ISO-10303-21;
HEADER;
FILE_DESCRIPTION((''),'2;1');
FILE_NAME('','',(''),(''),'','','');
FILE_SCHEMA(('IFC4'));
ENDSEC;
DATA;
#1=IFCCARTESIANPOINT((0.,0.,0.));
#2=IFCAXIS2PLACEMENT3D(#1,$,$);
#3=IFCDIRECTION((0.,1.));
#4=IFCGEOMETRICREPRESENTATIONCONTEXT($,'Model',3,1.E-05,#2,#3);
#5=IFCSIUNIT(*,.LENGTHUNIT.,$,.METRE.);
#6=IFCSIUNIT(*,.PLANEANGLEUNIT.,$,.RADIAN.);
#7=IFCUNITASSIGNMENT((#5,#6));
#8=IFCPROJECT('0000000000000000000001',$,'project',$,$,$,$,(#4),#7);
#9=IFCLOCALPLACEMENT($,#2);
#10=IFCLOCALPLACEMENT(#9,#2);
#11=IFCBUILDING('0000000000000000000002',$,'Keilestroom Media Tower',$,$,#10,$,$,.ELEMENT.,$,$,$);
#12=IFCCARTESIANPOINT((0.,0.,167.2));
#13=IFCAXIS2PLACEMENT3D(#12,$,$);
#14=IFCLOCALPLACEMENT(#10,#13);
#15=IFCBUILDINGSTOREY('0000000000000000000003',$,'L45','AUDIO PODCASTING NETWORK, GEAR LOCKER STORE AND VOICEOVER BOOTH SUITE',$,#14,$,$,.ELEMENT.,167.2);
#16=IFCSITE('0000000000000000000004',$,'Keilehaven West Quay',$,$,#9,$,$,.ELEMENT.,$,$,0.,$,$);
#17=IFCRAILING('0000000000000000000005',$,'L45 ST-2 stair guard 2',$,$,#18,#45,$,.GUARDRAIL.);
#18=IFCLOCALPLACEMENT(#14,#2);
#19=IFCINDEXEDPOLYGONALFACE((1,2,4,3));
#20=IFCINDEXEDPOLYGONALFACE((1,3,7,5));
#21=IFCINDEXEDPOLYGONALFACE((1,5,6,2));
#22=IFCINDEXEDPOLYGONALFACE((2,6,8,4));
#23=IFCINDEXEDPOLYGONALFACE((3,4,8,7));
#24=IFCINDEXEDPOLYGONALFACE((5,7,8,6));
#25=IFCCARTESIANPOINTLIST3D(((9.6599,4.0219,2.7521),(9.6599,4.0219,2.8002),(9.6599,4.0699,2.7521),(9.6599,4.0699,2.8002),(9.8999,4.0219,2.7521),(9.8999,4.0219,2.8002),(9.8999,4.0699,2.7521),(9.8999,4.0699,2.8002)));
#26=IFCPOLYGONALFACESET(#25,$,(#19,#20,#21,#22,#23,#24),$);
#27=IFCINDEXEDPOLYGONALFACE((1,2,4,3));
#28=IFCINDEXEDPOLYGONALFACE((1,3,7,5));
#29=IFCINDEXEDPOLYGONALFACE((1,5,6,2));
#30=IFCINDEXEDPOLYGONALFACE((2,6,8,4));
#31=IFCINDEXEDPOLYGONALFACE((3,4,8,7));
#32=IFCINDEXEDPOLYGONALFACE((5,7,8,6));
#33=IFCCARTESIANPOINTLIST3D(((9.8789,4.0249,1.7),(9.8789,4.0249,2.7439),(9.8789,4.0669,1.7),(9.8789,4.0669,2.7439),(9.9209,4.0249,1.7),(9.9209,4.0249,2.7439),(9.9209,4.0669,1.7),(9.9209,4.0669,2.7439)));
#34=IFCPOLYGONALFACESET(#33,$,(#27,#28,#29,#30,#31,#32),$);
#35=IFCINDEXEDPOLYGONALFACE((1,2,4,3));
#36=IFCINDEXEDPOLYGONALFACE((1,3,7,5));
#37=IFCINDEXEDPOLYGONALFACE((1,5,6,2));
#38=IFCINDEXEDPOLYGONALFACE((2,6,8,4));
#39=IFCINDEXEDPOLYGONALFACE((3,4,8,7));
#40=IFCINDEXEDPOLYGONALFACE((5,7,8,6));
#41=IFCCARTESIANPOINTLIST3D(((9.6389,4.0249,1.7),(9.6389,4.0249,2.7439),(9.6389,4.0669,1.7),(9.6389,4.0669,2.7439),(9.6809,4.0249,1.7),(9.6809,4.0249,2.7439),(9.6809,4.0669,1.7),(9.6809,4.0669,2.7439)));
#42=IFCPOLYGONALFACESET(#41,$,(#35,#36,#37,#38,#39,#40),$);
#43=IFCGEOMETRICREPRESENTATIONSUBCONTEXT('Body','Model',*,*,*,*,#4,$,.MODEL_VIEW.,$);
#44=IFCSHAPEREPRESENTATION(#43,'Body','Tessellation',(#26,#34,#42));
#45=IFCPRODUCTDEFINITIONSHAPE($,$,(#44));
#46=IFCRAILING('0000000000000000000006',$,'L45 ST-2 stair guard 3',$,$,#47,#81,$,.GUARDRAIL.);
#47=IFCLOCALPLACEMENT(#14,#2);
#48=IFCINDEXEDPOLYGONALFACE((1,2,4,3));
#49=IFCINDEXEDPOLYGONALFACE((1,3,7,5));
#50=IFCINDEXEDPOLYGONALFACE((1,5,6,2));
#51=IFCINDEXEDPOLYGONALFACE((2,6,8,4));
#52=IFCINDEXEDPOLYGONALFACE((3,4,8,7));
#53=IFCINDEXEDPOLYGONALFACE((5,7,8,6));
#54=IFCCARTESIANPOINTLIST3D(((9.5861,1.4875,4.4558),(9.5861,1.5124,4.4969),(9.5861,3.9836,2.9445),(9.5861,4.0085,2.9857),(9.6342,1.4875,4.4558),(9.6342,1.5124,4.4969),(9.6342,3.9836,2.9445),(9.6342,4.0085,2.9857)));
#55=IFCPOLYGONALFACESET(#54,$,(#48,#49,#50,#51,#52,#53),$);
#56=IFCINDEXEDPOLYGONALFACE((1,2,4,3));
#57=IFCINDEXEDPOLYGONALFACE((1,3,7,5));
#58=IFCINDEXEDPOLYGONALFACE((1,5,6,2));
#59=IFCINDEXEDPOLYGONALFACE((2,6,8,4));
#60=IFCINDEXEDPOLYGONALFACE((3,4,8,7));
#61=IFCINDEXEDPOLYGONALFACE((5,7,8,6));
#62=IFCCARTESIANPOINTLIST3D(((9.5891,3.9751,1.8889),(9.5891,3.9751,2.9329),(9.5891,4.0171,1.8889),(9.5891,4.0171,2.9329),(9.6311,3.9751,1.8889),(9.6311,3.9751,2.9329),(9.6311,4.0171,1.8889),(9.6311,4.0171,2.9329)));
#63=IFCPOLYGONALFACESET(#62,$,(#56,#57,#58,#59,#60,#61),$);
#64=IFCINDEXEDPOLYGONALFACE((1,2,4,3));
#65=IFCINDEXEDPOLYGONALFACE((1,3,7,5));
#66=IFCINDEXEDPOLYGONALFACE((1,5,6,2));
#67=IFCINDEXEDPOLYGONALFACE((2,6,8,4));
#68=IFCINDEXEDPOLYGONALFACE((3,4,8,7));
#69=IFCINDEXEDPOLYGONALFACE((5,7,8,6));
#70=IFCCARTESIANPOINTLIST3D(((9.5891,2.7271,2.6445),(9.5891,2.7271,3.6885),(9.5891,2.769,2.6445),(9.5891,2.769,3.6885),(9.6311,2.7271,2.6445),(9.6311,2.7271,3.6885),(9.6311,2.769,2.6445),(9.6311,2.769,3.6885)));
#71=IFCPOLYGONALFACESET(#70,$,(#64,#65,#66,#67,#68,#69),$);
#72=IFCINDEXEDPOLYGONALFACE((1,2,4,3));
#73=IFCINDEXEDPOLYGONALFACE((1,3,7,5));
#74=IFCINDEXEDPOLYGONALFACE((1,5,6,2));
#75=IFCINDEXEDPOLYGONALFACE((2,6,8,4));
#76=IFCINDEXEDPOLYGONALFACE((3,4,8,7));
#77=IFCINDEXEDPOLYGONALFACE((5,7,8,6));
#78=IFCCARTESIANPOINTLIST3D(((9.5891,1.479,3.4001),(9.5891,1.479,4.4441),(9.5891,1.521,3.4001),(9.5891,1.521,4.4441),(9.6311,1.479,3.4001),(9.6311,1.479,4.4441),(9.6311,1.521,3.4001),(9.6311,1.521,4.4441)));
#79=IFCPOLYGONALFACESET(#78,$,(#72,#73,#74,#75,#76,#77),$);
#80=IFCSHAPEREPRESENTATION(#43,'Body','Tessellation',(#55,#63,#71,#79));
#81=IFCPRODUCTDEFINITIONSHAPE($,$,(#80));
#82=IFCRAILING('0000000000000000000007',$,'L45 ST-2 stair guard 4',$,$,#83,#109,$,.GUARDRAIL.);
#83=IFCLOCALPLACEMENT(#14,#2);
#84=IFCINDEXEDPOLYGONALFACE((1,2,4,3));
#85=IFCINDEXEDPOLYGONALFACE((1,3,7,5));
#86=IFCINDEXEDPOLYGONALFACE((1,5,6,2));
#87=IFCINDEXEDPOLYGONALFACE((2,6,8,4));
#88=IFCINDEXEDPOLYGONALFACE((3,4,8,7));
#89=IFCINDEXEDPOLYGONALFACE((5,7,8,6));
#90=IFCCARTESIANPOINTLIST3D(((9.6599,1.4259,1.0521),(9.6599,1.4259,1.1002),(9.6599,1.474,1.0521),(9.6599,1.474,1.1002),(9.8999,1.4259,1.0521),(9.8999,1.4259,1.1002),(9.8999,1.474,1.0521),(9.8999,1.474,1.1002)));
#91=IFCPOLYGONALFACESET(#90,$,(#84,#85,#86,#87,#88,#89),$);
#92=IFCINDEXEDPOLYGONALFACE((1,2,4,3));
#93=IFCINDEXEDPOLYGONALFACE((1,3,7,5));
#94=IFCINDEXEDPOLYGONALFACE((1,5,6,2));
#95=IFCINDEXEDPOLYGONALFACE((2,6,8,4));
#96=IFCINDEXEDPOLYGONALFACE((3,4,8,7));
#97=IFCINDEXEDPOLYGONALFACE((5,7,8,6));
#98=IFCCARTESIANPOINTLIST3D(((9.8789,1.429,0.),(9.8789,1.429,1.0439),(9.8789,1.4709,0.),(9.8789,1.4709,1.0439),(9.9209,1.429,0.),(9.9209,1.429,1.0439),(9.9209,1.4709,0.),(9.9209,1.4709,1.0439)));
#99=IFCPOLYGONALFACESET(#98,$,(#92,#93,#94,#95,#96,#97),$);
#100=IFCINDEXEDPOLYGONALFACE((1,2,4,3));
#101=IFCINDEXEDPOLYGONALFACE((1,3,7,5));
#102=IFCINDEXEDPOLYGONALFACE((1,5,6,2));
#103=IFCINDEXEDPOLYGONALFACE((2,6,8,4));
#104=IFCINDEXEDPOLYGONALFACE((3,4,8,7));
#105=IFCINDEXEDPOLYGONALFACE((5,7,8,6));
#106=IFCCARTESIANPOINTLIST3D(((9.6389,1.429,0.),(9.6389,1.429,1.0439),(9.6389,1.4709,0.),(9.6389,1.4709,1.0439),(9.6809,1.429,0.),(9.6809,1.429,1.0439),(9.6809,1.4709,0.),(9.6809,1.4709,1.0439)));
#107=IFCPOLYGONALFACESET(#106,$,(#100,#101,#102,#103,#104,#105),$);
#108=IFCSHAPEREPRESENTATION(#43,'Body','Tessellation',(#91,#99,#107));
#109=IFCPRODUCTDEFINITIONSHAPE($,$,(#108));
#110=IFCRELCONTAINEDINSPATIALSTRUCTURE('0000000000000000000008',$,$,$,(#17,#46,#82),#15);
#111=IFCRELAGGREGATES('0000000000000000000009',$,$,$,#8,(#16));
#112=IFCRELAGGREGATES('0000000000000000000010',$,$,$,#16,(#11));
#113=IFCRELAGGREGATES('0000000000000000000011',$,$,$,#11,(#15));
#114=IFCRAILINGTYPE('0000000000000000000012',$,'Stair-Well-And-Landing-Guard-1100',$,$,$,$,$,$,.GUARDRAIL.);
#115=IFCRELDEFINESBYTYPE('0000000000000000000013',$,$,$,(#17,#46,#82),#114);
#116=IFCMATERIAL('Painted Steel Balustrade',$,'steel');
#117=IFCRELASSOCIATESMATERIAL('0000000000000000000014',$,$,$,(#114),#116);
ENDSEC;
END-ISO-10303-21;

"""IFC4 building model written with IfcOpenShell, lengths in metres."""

from ifc_helpers import new_model, si_unit, direction, frame, origin, origin_2d, place, context, subcontext, project, spatial, rectangle, extrude, material, type_object, element, save


model = new_model("IFC4")

# Units and contexts
model_context = context("Model", 3, precision=1e-05, world=origin(), true_north=direction((0.0, 1.0)))
body_context = subcontext(model_context, "Body", "Model", "MODEL_VIEW")
ifc_project = project(units=[si_unit("LENGTHUNIT", "METRE"), si_unit("PLANEANGLEUNIT", "RADIAN")], contexts=[model_context])

# Site, building, storey
site_placement = place(None, origin())
site = spatial("IfcSite", under=ifc_project, at=site_placement, Name="Keilehaven West Quay", CompositionType="ELEMENT", RefElevation=0.0)
building_placement = place(site_placement, origin())
building = spatial("IfcBuilding", under=site, at=building_placement, Name="Keilestroom Media Tower", CompositionType="ELEMENT")
storey_placement = place(building_placement, frame((0.0, 0.0, 167.2)))
storey = spatial("IfcBuildingStorey", under=building, at=storey_placement, Name="L45", Description="AUDIO PODCASTING NETWORK, GEAR LOCKER STORE AND VOICEOVER BOOTH SUITE", CompositionType="ELEMENT", Elevation=167.2)

# Railings
ifc_material_1 = material(Name="Painted Steel Balustrade", Category="steel")
railing_type_1 = type_object("IfcRailingType", Name="Stair-Well-And-Landing-Guard-1100", PredefinedType="GUARDRAIL", material=ifc_material_1)
railing_1_placement = place(storey_placement, frame((9.8999, 4.0459, 1.7)))
element("IfcRailing", 1, at=railing_1_placement, inside=storey, type_object=railing_type_1, Name="L45 ST-2 stair guard 2", PredefinedType="GUARDRAIL", context=body_context, shape_type="SweptSolid", body=[
    extrude(rectangle(XDim=0.0481, YDim=0.0481, at=origin_2d()), frame((0.0, 0.0, 1.0762), z_axis=(-1.0, 0.0, 0.0), x_axis=(0.0, -1.0, 0.0)), (0.0, 0.0, 1.0), 0.24),
    extrude(rectangle(XDim=0.042, YDim=0.042, at=origin_2d()), origin(), (0.0, 0.0, 1.0), 1.0439),
    extrude(rectangle(XDim=0.042, YDim=0.042, at=origin_2d()), frame((-0.24, 0.0, 0.0)), (0.0, 0.0, 1.0), 1.0439),
])
railing_2_placement = place(storey_placement, frame((9.6101, 3.9961, 1.8889)))
element("IfcRailing", 2, at=railing_2_placement, inside=storey, type_object=railing_type_1, Name="L45 ST-2 stair guard 3", PredefinedType="GUARDRAIL", context=body_context, shape_type="SweptSolid", body=[
    extrude(rectangle(XDim=0.0481, YDim=0.0481, at=origin_2d()), frame((0.0, 0.0, 1.0762), z_axis=(0.0, -0.855434, 0.517912), x_axis=(1.0, 0.0, 0.0)), (0.0, 0.0, 1.0), 2.918),
    extrude(rectangle(XDim=0.042, YDim=0.042, at=origin_2d()), origin(), (0.0, 0.0, 1.0), 1.0439),
    extrude(rectangle(XDim=0.042, YDim=0.042, at=origin_2d()), frame((0.0, -1.248, 0.7556)), (0.0, 0.0, 1.0), 1.0439),
    extrude(rectangle(XDim=0.042, YDim=0.042, at=origin_2d()), frame((0.0, -2.4961, 1.5112)), (0.0, 0.0, 1.0), 1.0439),
])
railing_3_placement = place(storey_placement, frame((9.8999, 1.45, 0.0)))
element("IfcRailing", 3, at=railing_3_placement, inside=storey, type_object=railing_type_1, Name="L45 ST-2 stair guard 4", PredefinedType="GUARDRAIL", context=body_context, shape_type="SweptSolid", body=[
    extrude(rectangle(XDim=0.0481, YDim=0.0481, at=origin_2d()), frame((0.0, 0.0, 1.0762), z_axis=(-1.0, 0.0, 0.0), x_axis=(0.0, -1.0, 0.0)), (0.0, 0.0, 1.0), 0.24),
    extrude(rectangle(XDim=0.042, YDim=0.042, at=origin_2d()), origin(), (0.0, 0.0, 1.0), 1.0439),
    extrude(rectangle(XDim=0.042, YDim=0.042, at=origin_2d()), frame((-0.24, 0.0, 0.0)), (0.0, 0.0, 1.0), 1.0439),
])

save(model, "model.ifc")
